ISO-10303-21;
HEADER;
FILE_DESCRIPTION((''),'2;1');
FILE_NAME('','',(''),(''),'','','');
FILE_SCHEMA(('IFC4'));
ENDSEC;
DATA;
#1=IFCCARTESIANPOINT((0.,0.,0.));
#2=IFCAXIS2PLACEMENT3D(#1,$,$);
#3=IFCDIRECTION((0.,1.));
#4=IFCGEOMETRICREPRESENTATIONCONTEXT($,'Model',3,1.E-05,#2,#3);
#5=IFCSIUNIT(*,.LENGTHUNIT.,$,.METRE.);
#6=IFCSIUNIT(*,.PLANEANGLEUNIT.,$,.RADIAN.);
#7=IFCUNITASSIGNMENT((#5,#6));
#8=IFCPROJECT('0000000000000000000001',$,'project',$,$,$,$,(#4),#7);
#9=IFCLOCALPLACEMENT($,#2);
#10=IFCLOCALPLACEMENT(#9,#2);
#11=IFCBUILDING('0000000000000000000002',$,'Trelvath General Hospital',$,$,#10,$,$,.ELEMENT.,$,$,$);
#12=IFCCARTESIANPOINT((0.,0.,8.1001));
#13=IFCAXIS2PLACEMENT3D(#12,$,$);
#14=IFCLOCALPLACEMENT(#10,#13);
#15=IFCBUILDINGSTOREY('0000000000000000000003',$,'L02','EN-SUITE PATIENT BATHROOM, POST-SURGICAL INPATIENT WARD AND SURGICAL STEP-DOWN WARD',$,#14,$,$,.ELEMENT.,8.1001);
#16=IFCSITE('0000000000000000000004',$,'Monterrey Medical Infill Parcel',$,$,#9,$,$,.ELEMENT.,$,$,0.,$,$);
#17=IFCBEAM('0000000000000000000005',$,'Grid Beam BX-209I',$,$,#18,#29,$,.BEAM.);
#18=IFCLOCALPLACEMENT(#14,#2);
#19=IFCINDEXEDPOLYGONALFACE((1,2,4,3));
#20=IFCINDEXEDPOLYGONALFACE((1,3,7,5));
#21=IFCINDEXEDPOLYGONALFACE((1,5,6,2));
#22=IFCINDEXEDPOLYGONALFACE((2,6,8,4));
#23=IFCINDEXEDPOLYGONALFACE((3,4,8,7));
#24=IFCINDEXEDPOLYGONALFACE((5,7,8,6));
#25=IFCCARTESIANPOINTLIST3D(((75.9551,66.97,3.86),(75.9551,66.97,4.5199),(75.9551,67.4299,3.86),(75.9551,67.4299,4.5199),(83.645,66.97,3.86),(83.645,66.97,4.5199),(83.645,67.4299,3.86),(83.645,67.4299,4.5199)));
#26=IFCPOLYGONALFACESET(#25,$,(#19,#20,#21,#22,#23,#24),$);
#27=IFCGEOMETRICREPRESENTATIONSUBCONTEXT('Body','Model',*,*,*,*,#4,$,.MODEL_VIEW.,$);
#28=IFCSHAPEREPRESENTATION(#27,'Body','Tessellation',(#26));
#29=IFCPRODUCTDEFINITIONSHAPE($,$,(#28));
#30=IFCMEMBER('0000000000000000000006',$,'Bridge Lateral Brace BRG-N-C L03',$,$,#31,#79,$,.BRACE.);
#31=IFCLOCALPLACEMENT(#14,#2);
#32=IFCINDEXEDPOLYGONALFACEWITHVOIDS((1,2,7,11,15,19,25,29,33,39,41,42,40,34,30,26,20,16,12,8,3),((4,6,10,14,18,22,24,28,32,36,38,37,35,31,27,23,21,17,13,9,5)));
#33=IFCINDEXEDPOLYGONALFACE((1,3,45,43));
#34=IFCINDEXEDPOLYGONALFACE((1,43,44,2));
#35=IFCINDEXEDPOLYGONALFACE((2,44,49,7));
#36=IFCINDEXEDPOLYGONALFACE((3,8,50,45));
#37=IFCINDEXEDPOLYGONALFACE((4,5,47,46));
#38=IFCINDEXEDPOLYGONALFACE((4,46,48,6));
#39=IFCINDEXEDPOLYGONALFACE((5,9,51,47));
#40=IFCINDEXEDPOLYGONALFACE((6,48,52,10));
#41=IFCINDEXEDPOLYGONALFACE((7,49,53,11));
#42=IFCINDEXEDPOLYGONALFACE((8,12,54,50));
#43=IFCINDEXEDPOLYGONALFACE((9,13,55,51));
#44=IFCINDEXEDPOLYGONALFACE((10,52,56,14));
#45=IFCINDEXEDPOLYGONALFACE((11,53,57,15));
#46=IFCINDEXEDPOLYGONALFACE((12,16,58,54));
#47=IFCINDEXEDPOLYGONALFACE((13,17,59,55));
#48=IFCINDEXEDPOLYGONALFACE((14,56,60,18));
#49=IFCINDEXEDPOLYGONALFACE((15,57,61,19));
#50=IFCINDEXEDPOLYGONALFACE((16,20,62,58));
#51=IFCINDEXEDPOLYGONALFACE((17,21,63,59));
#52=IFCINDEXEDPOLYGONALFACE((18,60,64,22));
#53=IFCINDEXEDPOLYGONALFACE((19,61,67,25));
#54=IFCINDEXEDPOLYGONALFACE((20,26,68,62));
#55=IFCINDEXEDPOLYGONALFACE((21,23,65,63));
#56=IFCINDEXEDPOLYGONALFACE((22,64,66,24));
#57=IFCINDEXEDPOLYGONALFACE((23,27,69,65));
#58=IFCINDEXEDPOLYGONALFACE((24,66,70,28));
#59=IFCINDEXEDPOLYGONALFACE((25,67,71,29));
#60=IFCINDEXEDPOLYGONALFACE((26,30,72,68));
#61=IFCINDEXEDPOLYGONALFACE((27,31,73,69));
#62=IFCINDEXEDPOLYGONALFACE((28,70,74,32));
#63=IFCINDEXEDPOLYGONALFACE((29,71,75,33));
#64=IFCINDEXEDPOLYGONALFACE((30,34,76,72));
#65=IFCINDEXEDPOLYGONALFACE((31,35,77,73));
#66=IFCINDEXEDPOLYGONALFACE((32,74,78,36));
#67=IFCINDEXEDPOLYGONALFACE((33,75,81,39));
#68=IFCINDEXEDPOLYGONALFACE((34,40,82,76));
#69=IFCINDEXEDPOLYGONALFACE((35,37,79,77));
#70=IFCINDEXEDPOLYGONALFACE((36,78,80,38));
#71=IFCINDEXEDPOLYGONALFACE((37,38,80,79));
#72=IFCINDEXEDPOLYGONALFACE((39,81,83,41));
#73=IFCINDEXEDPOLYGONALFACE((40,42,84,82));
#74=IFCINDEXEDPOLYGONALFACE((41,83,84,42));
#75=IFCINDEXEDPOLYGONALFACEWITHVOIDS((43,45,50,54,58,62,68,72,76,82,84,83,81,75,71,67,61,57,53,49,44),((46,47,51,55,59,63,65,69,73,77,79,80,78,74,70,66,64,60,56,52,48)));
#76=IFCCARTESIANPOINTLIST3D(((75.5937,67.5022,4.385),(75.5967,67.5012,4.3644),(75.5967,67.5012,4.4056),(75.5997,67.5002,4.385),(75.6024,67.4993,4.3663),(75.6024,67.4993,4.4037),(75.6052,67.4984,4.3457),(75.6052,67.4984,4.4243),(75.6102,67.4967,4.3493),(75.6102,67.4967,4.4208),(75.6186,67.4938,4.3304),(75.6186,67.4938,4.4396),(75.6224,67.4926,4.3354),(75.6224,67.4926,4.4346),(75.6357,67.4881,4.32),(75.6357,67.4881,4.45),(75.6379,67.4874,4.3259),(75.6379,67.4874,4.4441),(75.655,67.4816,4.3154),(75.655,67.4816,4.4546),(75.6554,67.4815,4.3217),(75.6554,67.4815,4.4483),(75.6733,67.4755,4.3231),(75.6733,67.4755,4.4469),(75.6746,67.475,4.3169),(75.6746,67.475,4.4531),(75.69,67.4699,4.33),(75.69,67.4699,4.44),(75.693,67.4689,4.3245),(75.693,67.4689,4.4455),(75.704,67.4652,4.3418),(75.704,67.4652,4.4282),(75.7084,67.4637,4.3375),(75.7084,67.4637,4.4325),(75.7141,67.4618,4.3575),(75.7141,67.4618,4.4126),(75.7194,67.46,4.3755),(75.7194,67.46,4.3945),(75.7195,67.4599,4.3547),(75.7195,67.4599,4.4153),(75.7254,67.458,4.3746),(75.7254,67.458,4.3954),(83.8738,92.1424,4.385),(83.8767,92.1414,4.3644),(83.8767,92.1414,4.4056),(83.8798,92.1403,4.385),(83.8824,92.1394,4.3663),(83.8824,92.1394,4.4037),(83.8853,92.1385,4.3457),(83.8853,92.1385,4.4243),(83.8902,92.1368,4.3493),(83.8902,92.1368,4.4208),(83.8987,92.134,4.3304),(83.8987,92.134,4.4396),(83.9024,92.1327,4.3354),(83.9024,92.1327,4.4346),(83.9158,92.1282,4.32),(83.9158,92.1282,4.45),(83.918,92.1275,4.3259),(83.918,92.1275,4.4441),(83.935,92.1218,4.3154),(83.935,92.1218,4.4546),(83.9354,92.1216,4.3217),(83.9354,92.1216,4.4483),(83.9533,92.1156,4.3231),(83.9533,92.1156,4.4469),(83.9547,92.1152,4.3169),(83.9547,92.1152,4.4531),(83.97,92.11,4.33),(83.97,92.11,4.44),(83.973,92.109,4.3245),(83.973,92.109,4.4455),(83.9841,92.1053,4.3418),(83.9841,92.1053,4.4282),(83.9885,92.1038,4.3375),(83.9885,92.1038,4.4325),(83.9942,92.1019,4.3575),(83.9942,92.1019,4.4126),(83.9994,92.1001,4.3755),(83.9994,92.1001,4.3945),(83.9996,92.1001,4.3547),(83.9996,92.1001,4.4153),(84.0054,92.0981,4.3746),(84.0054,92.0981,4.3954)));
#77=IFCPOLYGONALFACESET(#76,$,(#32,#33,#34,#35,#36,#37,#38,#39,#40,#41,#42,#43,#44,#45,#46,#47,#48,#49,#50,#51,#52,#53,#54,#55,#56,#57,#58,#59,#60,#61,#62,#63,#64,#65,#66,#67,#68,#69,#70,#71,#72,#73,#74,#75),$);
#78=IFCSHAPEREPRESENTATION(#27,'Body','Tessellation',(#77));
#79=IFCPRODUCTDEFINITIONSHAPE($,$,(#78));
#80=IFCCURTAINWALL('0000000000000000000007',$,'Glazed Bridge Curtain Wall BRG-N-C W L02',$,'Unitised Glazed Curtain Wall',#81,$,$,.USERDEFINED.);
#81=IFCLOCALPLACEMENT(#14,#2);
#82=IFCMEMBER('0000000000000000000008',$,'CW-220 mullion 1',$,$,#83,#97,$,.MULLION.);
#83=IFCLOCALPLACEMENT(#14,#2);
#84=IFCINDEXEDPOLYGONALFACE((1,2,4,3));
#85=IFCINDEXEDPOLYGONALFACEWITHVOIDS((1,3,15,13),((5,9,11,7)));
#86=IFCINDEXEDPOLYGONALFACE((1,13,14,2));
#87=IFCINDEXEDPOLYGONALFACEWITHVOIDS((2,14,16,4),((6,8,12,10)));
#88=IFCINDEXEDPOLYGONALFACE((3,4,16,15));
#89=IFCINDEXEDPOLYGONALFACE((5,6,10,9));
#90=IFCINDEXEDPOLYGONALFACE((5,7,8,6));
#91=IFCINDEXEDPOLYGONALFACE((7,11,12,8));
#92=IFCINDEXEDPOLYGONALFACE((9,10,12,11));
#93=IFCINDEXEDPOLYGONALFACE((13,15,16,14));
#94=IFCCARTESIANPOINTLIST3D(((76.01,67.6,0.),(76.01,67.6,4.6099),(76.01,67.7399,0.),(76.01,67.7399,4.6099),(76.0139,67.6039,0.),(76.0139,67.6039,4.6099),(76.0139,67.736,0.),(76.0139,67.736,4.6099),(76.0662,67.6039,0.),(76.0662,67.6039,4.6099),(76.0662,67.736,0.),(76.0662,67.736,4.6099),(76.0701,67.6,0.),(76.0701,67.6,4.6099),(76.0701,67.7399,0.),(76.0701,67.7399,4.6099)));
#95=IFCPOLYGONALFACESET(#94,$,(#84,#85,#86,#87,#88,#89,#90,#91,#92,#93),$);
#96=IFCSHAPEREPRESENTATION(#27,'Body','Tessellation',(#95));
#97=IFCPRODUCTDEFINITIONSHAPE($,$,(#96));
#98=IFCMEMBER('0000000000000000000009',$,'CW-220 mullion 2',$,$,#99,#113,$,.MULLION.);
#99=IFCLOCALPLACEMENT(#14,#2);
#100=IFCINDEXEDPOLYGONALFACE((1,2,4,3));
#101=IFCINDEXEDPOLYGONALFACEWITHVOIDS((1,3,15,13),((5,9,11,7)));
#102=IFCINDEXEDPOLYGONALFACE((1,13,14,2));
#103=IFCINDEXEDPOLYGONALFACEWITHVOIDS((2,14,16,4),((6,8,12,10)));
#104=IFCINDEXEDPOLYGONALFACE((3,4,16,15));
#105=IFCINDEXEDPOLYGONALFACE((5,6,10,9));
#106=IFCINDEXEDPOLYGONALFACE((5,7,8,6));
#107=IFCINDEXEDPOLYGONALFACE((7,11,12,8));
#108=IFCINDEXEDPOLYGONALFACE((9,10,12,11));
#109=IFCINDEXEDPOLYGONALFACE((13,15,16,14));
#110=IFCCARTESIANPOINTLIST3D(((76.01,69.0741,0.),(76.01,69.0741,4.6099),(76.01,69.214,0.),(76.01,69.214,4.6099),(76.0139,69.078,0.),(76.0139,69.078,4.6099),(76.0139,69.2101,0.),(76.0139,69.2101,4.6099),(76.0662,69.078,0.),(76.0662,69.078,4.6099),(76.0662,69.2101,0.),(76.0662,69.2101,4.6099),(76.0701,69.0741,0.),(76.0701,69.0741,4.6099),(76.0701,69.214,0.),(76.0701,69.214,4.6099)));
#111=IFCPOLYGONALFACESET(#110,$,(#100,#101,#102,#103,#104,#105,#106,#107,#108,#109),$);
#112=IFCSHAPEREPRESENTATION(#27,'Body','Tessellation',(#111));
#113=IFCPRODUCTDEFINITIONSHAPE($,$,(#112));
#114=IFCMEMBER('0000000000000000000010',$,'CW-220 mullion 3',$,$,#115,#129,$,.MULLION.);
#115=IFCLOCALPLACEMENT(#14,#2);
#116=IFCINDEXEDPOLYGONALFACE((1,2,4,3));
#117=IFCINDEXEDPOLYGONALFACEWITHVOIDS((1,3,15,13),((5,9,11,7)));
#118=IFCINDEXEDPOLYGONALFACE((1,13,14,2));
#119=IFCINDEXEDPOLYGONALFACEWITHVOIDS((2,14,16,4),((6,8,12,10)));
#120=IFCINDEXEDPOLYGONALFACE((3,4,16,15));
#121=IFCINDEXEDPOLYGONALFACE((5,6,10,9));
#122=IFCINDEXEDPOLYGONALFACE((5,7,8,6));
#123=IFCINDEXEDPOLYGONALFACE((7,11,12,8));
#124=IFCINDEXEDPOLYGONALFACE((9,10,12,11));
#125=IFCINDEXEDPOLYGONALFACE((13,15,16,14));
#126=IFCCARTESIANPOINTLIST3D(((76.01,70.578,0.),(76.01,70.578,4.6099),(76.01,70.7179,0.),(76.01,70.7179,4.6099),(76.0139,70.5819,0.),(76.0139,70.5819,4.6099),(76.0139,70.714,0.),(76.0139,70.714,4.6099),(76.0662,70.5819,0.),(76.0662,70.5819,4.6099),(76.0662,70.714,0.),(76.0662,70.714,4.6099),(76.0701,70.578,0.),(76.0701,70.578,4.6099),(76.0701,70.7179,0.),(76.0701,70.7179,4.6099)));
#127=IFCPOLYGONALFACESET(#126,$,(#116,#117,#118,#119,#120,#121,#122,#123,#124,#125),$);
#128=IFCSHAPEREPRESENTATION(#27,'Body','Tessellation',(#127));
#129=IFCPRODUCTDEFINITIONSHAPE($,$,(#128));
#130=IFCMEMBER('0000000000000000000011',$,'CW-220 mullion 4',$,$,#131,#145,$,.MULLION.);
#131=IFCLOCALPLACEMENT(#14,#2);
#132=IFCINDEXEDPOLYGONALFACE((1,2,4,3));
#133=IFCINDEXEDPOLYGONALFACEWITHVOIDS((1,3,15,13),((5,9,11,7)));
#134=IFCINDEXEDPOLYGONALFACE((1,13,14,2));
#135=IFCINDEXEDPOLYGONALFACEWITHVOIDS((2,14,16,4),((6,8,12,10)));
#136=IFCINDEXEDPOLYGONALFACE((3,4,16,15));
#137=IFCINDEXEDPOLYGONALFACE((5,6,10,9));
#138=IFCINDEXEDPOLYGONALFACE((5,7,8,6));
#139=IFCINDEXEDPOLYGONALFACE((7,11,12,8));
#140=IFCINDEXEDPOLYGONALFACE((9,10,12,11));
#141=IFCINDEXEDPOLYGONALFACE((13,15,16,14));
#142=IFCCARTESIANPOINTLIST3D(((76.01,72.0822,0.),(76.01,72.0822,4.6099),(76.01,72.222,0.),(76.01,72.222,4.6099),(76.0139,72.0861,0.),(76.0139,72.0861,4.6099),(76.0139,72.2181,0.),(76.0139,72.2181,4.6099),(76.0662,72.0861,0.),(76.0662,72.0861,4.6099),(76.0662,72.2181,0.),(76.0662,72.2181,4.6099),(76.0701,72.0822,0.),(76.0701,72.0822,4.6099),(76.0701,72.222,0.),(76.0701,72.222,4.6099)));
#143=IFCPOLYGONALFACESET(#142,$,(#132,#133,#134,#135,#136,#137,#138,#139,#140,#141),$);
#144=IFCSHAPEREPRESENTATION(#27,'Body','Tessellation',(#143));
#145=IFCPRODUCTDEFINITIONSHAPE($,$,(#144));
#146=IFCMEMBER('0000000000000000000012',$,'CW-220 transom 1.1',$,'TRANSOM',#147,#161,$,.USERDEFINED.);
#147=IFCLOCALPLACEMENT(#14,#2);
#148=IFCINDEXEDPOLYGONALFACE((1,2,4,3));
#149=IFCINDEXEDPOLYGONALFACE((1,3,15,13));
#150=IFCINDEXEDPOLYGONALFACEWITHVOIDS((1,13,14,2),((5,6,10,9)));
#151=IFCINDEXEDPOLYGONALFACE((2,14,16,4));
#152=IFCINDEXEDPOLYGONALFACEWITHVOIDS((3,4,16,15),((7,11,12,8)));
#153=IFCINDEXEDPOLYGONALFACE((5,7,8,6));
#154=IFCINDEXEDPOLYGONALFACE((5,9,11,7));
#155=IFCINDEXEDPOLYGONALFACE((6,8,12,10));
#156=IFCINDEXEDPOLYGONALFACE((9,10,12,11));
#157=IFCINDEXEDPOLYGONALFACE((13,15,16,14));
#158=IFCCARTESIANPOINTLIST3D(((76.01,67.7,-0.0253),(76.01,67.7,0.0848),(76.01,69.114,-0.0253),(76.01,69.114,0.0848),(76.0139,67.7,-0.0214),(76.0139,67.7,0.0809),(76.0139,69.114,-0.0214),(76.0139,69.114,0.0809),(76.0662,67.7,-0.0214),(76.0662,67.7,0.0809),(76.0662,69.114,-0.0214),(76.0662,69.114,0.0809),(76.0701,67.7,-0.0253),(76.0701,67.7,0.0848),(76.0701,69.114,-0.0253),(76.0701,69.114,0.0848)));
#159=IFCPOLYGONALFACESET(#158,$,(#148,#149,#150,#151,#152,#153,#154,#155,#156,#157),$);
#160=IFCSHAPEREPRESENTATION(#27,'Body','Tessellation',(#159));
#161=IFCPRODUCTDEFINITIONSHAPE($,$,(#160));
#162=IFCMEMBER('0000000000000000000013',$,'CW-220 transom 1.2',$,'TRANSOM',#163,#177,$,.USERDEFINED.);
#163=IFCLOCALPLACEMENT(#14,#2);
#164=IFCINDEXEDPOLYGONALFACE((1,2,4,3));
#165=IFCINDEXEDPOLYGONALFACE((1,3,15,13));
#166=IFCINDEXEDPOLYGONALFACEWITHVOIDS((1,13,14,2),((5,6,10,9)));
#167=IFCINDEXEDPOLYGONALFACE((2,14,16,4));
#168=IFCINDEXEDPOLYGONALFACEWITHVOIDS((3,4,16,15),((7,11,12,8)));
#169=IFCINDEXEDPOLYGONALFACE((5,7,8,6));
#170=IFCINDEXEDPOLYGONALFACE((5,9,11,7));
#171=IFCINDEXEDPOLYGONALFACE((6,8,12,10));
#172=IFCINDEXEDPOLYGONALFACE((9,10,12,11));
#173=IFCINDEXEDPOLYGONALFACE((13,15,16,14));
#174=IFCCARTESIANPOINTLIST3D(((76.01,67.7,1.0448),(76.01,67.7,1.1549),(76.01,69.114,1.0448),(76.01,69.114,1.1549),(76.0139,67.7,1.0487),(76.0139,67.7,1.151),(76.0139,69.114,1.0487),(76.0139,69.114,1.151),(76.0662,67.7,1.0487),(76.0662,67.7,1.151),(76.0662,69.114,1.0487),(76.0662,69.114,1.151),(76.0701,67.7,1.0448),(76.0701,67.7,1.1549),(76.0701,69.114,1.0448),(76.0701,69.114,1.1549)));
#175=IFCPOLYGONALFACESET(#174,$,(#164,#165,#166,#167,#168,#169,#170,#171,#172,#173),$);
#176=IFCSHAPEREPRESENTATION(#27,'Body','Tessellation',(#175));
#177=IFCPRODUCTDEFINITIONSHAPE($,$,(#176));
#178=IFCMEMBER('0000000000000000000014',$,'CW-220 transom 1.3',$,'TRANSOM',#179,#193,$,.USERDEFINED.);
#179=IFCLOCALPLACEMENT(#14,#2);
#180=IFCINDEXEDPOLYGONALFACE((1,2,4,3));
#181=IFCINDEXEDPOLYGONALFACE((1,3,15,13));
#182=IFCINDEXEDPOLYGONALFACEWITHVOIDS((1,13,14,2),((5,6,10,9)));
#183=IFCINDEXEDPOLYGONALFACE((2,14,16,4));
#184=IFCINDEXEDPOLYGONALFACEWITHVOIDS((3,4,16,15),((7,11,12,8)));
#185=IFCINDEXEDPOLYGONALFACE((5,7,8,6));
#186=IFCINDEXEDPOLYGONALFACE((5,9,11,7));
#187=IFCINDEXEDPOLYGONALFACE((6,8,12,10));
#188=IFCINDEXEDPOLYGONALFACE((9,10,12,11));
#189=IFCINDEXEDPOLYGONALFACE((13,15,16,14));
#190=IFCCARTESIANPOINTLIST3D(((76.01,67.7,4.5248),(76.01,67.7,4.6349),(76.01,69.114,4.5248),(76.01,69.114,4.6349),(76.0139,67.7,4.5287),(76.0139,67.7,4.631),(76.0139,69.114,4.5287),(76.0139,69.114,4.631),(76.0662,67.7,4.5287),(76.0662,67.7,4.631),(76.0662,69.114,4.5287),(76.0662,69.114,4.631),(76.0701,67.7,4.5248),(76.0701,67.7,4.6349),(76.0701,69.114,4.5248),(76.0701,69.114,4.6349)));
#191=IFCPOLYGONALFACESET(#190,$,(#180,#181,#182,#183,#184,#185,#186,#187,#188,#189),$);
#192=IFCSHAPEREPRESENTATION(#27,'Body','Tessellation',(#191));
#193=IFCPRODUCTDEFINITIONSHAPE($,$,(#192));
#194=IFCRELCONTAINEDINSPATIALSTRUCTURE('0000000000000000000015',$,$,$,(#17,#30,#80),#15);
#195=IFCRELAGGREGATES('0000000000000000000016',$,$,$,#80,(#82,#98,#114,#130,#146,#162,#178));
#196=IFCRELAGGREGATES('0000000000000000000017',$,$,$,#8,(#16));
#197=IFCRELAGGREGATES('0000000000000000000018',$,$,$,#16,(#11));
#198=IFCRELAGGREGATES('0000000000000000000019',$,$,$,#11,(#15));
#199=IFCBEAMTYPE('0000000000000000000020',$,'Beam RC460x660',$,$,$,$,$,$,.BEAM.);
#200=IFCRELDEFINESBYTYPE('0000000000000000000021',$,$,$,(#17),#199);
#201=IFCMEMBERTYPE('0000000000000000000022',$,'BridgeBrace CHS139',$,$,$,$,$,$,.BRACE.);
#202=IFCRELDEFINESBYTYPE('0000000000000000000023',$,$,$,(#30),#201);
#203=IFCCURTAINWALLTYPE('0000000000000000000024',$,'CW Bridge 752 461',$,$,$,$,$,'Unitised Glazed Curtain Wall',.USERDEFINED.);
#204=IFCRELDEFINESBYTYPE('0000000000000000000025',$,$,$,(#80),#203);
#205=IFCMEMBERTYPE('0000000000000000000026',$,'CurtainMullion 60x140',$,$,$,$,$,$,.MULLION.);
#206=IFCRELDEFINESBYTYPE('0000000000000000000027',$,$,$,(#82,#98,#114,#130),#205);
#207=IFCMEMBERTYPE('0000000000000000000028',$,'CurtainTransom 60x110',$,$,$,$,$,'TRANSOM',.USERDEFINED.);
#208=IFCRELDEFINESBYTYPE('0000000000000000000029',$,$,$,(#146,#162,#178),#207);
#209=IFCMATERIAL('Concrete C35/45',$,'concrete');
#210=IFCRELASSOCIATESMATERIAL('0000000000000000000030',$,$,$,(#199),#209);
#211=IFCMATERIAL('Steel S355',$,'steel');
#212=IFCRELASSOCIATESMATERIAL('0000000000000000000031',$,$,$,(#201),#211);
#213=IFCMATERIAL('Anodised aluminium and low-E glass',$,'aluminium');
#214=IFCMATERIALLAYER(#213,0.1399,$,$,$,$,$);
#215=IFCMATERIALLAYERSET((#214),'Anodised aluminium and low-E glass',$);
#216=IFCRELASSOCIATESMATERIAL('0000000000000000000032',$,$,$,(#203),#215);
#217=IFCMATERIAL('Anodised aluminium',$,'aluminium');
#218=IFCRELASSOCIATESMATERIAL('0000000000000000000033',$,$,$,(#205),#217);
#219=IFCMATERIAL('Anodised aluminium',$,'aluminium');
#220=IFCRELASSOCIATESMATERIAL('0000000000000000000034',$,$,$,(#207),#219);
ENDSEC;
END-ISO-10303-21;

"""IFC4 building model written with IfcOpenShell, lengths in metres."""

from ifc_helpers import new_model, si_unit, direction, frame, origin, origin_2d, place, context, subcontext, project, spatial, rectangle, hollow_rectangle, hollow_circle, extrude, material, layer, layer_set, material_profile, profile_set, type_object, element, aggregate, save


model = new_model("IFC4")

# Units and contexts
model_context = context("Model", 3, precision=1e-05, world=origin(), true_north=direction((0.0, 1.0)))
body_context = subcontext(model_context, "Body", "Model", "MODEL_VIEW")
ifc_project = project(units=[si_unit("LENGTHUNIT", "METRE"), si_unit("PLANEANGLEUNIT", "RADIAN")], contexts=[model_context])

# Site, building, storey
site_placement = place(None, origin())
site = spatial("IfcSite", under=ifc_project, at=site_placement, Name="Monterrey Medical Infill Parcel", CompositionType="ELEMENT", RefElevation=0.0)
building_placement = place(site_placement, origin())
building = spatial("IfcBuilding", under=site, at=building_placement, Name="Trelvath General Hospital", CompositionType="ELEMENT")
storey_placement = place(building_placement, frame((0.0, 0.0, 8.1001)))
storey = spatial("IfcBuildingStorey", under=building, at=storey_placement, Name="L02", Description="EN-SUITE PATIENT BATHROOM, POST-SURGICAL INPATIENT WARD AND SURGICAL STEP-DOWN WARD", CompositionType="ELEMENT", Elevation=8.1001)

# Beam
ifc_material_1 = material(Name="Concrete C35/45", Category="concrete")
ifc_material_profile_1 = material_profile(ifc_material_1, rectangle(XDim=0.46, YDim=0.6599, at=origin_2d()), Name="RCB460x660")
ifc_profile_set_1 = profile_set([ifc_material_profile_1], Name="Concrete C35/45")
beam_type = type_object("IfcBeamType", Name="Beam RC460x660", PredefinedType="BEAM", material=ifc_profile_set_1)
beam_placement = place(storey_placement, frame((75.9551, 67.2, 4.1899), z_axis=(1.0, 0.0, 0.0), x_axis=(0.0, 1.0, 0.0)))
element("IfcBeam", 1, at=beam_placement, inside=storey, type_object=beam_type, Name="Grid Beam BX-209I", PredefinedType="BEAM", context=body_context, shape_type="SweptSolid", body=[
    extrude(rectangle(XDim=0.46, YDim=0.6599, at=origin_2d()), origin(), (0.0, 0.0, 1.0), 7.6899),
])

# Member
ifc_material_2 = material(Name="Steel S355", Category="steel")
ifc_material_profile_2 = material_profile(ifc_material_2, hollow_circle(Radius=0.0698, WallThickness=0.0063, at=origin_2d()), Name="CHS139.7x6.3")
ifc_profile_set_2 = profile_set([ifc_material_profile_2], Name="Steel S355")
member_type_1 = type_object("IfcMemberType", Name="BridgeBrace CHS139", PredefinedType="BRACE", material=ifc_profile_set_2)
member_1_placement = place(storey_placement, frame((75.6599, 67.48, 4.385), z_axis=(0.318534, 0.947911, 0.0), x_axis=(-0.947911, 0.318534, 0.0)))
element("IfcMember", 2, at=member_1_placement, inside=storey, type_object=member_type_1, Name="Bridge Lateral Brace BRG-N-C L03", PredefinedType="BRACE", context=body_context, shape_type="SweptSolid", body=[
    extrude(hollow_circle(Radius=0.0698, WallThickness=0.0063, at=origin_2d()), origin(), (0.0, 0.0, 1.0), 25.9941),
])

# Curtain wall, members
ifc_material_3 = material(Name="Anodised aluminium and low-E glass", Category="aluminium")
ifc_layer_1 = layer(ifc_material_3, 0.1399)
ifc_layer_set_1 = layer_set([ifc_layer_1], Name="Anodised aluminium and low-E glass")
curtain_wall_type = type_object("IfcCurtainWallType", Name="CW Bridge 752 461", ElementType="Unitised Glazed Curtain Wall", PredefinedType="USERDEFINED", material=ifc_layer_set_1)
curtain_wall_placement = place(storey_placement, origin())
curtain_wall = element("IfcCurtainWall", 3, at=curtain_wall_placement, inside=storey, type_object=curtain_wall_type, Name="Glazed Bridge Curtain Wall BRG-N-C W L02", ObjectType="Unitised Glazed Curtain Wall", PredefinedType="USERDEFINED")
ifc_material_4 = material(Name="Anodised aluminium", Category="aluminium")
ifc_material_profile_3 = material_profile(ifc_material_4, hollow_rectangle(XDim=0.0601, YDim=0.1399, WallThickness=0.0039, at=origin_2d()), Name="RHS60x140x4")
ifc_profile_set_3 = profile_set([ifc_material_profile_3], Name="Anodised aluminium")
member_type_2 = type_object("IfcMemberType", Name="CurtainMullion 60x140", PredefinedType="MULLION", material=ifc_profile_set_3)
member_2_placement = place(storey_placement, frame((76.04, 67.6699, 0.0), z_axis=(0.0, 0.0, 1.0), x_axis=(-1.0, 0.0, 0.0)))
member_2 = element("IfcMember", 4, at=member_2_placement, type_object=member_type_2, Name="CW-220 mullion 1", PredefinedType="MULLION", context=body_context, shape_type="SweptSolid", body=[
    extrude(hollow_rectangle(XDim=0.0601, YDim=0.1399, WallThickness=0.0039, at=origin_2d()), origin(), (0.0, 0.0, 1.0), 4.6099),
])
member_3_placement = place(storey_placement, frame((76.04, 69.144, 0.0), z_axis=(0.0, 0.0, 1.0), x_axis=(-1.0, 0.0, 0.0)))
member_3 = element("IfcMember", 5, at=member_3_placement, type_object=member_type_2, Name="CW-220 mullion 2", PredefinedType="MULLION", context=body_context, shape_type="SweptSolid", body=[
    extrude(hollow_rectangle(XDim=0.0601, YDim=0.1399, WallThickness=0.0039, at=origin_2d()), origin(), (0.0, 0.0, 1.0), 4.6099),
])
member_4_placement = place(storey_placement, frame((76.04, 70.6479, 0.0), z_axis=(0.0, 0.0, 1.0), x_axis=(-1.0, 0.0, 0.0)))
member_4 = element("IfcMember", 6, at=member_4_placement, type_object=member_type_2, Name="CW-220 mullion 3", PredefinedType="MULLION", context=body_context, shape_type="SweptSolid", body=[
    extrude(hollow_rectangle(XDim=0.0601, YDim=0.1399, WallThickness=0.0039, at=origin_2d()), origin(), (0.0, 0.0, 1.0), 4.6099),
])
member_5_placement = place(storey_placement, frame((76.04, 72.1521, 0.0), z_axis=(0.0, 0.0, 1.0), x_axis=(-1.0, 0.0, 0.0)))
member_5 = element("IfcMember", 7, at=member_5_placement, type_object=member_type_2, Name="CW-220 mullion 4", PredefinedType="MULLION", context=body_context, shape_type="SweptSolid", body=[
    extrude(hollow_rectangle(XDim=0.0601, YDim=0.1399, WallThickness=0.0039, at=origin_2d()), origin(), (0.0, 0.0, 1.0), 4.6099),
])
ifc_material_5 = material(Name="Anodised aluminium", Category="aluminium")
ifc_material_profile_4 = material_profile(ifc_material_5, hollow_rectangle(XDim=0.0601, YDim=0.1101, WallThickness=0.0039, at=origin_2d()), Name="RHS60x110x4")
ifc_profile_set_4 = profile_set([ifc_material_profile_4], Name="Anodised aluminium")
member_type_3 = type_object("IfcMemberType", Name="CurtainTransom 60x110", ElementType="TRANSOM", PredefinedType="USERDEFINED", material=ifc_profile_set_4)
member_6_placement = place(storey_placement, frame((76.04, 67.7, 0.0298), z_axis=(0.0, 1.0, 0.0), x_axis=(-1.0, 0.0, 0.0)))
member_6 = element("IfcMember", 8, at=member_6_placement, type_object=member_type_3, Name="CW-220 transom 1.1", ObjectType="TRANSOM", PredefinedType="USERDEFINED", context=body_context, shape_type="SweptSolid", body=[
    extrude(hollow_rectangle(XDim=0.0601, YDim=0.1101, WallThickness=0.0039, at=origin_2d()), origin(), (0.0, 0.0, 1.0), 1.4141),
])
member_7_placement = place(storey_placement, frame((76.04, 67.7, 1.0999), z_axis=(0.0, 1.0, 0.0), x_axis=(-1.0, 0.0, 0.0)))
member_7 = element("IfcMember", 9, at=member_7_placement, type_object=member_type_3, Name="CW-220 transom 1.2", ObjectType="TRANSOM", PredefinedType="USERDEFINED", context=body_context, shape_type="SweptSolid", body=[
    extrude(hollow_rectangle(XDim=0.0601, YDim=0.1101, WallThickness=0.0039, at=origin_2d()), origin(), (0.0, 0.0, 1.0), 1.4141),
])
member_8_placement = place(storey_placement, frame((76.04, 67.7, 4.5798), z_axis=(0.0, 1.0, 0.0), x_axis=(-1.0, 0.0, 0.0)))
member_8 = element("IfcMember", 10, at=member_8_placement, type_object=member_type_3, Name="CW-220 transom 1.3", ObjectType="TRANSOM", PredefinedType="USERDEFINED", context=body_context, shape_type="SweptSolid", body=[
    extrude(hollow_rectangle(XDim=0.0601, YDim=0.1101, WallThickness=0.0039, at=origin_2d()), origin(), (0.0, 0.0, 1.0), 1.4141),
])
aggregate(curtain_wall, [member_2, member_3, member_4, member_5, member_6, member_7, member_8])

save(model, "model.ifc")
